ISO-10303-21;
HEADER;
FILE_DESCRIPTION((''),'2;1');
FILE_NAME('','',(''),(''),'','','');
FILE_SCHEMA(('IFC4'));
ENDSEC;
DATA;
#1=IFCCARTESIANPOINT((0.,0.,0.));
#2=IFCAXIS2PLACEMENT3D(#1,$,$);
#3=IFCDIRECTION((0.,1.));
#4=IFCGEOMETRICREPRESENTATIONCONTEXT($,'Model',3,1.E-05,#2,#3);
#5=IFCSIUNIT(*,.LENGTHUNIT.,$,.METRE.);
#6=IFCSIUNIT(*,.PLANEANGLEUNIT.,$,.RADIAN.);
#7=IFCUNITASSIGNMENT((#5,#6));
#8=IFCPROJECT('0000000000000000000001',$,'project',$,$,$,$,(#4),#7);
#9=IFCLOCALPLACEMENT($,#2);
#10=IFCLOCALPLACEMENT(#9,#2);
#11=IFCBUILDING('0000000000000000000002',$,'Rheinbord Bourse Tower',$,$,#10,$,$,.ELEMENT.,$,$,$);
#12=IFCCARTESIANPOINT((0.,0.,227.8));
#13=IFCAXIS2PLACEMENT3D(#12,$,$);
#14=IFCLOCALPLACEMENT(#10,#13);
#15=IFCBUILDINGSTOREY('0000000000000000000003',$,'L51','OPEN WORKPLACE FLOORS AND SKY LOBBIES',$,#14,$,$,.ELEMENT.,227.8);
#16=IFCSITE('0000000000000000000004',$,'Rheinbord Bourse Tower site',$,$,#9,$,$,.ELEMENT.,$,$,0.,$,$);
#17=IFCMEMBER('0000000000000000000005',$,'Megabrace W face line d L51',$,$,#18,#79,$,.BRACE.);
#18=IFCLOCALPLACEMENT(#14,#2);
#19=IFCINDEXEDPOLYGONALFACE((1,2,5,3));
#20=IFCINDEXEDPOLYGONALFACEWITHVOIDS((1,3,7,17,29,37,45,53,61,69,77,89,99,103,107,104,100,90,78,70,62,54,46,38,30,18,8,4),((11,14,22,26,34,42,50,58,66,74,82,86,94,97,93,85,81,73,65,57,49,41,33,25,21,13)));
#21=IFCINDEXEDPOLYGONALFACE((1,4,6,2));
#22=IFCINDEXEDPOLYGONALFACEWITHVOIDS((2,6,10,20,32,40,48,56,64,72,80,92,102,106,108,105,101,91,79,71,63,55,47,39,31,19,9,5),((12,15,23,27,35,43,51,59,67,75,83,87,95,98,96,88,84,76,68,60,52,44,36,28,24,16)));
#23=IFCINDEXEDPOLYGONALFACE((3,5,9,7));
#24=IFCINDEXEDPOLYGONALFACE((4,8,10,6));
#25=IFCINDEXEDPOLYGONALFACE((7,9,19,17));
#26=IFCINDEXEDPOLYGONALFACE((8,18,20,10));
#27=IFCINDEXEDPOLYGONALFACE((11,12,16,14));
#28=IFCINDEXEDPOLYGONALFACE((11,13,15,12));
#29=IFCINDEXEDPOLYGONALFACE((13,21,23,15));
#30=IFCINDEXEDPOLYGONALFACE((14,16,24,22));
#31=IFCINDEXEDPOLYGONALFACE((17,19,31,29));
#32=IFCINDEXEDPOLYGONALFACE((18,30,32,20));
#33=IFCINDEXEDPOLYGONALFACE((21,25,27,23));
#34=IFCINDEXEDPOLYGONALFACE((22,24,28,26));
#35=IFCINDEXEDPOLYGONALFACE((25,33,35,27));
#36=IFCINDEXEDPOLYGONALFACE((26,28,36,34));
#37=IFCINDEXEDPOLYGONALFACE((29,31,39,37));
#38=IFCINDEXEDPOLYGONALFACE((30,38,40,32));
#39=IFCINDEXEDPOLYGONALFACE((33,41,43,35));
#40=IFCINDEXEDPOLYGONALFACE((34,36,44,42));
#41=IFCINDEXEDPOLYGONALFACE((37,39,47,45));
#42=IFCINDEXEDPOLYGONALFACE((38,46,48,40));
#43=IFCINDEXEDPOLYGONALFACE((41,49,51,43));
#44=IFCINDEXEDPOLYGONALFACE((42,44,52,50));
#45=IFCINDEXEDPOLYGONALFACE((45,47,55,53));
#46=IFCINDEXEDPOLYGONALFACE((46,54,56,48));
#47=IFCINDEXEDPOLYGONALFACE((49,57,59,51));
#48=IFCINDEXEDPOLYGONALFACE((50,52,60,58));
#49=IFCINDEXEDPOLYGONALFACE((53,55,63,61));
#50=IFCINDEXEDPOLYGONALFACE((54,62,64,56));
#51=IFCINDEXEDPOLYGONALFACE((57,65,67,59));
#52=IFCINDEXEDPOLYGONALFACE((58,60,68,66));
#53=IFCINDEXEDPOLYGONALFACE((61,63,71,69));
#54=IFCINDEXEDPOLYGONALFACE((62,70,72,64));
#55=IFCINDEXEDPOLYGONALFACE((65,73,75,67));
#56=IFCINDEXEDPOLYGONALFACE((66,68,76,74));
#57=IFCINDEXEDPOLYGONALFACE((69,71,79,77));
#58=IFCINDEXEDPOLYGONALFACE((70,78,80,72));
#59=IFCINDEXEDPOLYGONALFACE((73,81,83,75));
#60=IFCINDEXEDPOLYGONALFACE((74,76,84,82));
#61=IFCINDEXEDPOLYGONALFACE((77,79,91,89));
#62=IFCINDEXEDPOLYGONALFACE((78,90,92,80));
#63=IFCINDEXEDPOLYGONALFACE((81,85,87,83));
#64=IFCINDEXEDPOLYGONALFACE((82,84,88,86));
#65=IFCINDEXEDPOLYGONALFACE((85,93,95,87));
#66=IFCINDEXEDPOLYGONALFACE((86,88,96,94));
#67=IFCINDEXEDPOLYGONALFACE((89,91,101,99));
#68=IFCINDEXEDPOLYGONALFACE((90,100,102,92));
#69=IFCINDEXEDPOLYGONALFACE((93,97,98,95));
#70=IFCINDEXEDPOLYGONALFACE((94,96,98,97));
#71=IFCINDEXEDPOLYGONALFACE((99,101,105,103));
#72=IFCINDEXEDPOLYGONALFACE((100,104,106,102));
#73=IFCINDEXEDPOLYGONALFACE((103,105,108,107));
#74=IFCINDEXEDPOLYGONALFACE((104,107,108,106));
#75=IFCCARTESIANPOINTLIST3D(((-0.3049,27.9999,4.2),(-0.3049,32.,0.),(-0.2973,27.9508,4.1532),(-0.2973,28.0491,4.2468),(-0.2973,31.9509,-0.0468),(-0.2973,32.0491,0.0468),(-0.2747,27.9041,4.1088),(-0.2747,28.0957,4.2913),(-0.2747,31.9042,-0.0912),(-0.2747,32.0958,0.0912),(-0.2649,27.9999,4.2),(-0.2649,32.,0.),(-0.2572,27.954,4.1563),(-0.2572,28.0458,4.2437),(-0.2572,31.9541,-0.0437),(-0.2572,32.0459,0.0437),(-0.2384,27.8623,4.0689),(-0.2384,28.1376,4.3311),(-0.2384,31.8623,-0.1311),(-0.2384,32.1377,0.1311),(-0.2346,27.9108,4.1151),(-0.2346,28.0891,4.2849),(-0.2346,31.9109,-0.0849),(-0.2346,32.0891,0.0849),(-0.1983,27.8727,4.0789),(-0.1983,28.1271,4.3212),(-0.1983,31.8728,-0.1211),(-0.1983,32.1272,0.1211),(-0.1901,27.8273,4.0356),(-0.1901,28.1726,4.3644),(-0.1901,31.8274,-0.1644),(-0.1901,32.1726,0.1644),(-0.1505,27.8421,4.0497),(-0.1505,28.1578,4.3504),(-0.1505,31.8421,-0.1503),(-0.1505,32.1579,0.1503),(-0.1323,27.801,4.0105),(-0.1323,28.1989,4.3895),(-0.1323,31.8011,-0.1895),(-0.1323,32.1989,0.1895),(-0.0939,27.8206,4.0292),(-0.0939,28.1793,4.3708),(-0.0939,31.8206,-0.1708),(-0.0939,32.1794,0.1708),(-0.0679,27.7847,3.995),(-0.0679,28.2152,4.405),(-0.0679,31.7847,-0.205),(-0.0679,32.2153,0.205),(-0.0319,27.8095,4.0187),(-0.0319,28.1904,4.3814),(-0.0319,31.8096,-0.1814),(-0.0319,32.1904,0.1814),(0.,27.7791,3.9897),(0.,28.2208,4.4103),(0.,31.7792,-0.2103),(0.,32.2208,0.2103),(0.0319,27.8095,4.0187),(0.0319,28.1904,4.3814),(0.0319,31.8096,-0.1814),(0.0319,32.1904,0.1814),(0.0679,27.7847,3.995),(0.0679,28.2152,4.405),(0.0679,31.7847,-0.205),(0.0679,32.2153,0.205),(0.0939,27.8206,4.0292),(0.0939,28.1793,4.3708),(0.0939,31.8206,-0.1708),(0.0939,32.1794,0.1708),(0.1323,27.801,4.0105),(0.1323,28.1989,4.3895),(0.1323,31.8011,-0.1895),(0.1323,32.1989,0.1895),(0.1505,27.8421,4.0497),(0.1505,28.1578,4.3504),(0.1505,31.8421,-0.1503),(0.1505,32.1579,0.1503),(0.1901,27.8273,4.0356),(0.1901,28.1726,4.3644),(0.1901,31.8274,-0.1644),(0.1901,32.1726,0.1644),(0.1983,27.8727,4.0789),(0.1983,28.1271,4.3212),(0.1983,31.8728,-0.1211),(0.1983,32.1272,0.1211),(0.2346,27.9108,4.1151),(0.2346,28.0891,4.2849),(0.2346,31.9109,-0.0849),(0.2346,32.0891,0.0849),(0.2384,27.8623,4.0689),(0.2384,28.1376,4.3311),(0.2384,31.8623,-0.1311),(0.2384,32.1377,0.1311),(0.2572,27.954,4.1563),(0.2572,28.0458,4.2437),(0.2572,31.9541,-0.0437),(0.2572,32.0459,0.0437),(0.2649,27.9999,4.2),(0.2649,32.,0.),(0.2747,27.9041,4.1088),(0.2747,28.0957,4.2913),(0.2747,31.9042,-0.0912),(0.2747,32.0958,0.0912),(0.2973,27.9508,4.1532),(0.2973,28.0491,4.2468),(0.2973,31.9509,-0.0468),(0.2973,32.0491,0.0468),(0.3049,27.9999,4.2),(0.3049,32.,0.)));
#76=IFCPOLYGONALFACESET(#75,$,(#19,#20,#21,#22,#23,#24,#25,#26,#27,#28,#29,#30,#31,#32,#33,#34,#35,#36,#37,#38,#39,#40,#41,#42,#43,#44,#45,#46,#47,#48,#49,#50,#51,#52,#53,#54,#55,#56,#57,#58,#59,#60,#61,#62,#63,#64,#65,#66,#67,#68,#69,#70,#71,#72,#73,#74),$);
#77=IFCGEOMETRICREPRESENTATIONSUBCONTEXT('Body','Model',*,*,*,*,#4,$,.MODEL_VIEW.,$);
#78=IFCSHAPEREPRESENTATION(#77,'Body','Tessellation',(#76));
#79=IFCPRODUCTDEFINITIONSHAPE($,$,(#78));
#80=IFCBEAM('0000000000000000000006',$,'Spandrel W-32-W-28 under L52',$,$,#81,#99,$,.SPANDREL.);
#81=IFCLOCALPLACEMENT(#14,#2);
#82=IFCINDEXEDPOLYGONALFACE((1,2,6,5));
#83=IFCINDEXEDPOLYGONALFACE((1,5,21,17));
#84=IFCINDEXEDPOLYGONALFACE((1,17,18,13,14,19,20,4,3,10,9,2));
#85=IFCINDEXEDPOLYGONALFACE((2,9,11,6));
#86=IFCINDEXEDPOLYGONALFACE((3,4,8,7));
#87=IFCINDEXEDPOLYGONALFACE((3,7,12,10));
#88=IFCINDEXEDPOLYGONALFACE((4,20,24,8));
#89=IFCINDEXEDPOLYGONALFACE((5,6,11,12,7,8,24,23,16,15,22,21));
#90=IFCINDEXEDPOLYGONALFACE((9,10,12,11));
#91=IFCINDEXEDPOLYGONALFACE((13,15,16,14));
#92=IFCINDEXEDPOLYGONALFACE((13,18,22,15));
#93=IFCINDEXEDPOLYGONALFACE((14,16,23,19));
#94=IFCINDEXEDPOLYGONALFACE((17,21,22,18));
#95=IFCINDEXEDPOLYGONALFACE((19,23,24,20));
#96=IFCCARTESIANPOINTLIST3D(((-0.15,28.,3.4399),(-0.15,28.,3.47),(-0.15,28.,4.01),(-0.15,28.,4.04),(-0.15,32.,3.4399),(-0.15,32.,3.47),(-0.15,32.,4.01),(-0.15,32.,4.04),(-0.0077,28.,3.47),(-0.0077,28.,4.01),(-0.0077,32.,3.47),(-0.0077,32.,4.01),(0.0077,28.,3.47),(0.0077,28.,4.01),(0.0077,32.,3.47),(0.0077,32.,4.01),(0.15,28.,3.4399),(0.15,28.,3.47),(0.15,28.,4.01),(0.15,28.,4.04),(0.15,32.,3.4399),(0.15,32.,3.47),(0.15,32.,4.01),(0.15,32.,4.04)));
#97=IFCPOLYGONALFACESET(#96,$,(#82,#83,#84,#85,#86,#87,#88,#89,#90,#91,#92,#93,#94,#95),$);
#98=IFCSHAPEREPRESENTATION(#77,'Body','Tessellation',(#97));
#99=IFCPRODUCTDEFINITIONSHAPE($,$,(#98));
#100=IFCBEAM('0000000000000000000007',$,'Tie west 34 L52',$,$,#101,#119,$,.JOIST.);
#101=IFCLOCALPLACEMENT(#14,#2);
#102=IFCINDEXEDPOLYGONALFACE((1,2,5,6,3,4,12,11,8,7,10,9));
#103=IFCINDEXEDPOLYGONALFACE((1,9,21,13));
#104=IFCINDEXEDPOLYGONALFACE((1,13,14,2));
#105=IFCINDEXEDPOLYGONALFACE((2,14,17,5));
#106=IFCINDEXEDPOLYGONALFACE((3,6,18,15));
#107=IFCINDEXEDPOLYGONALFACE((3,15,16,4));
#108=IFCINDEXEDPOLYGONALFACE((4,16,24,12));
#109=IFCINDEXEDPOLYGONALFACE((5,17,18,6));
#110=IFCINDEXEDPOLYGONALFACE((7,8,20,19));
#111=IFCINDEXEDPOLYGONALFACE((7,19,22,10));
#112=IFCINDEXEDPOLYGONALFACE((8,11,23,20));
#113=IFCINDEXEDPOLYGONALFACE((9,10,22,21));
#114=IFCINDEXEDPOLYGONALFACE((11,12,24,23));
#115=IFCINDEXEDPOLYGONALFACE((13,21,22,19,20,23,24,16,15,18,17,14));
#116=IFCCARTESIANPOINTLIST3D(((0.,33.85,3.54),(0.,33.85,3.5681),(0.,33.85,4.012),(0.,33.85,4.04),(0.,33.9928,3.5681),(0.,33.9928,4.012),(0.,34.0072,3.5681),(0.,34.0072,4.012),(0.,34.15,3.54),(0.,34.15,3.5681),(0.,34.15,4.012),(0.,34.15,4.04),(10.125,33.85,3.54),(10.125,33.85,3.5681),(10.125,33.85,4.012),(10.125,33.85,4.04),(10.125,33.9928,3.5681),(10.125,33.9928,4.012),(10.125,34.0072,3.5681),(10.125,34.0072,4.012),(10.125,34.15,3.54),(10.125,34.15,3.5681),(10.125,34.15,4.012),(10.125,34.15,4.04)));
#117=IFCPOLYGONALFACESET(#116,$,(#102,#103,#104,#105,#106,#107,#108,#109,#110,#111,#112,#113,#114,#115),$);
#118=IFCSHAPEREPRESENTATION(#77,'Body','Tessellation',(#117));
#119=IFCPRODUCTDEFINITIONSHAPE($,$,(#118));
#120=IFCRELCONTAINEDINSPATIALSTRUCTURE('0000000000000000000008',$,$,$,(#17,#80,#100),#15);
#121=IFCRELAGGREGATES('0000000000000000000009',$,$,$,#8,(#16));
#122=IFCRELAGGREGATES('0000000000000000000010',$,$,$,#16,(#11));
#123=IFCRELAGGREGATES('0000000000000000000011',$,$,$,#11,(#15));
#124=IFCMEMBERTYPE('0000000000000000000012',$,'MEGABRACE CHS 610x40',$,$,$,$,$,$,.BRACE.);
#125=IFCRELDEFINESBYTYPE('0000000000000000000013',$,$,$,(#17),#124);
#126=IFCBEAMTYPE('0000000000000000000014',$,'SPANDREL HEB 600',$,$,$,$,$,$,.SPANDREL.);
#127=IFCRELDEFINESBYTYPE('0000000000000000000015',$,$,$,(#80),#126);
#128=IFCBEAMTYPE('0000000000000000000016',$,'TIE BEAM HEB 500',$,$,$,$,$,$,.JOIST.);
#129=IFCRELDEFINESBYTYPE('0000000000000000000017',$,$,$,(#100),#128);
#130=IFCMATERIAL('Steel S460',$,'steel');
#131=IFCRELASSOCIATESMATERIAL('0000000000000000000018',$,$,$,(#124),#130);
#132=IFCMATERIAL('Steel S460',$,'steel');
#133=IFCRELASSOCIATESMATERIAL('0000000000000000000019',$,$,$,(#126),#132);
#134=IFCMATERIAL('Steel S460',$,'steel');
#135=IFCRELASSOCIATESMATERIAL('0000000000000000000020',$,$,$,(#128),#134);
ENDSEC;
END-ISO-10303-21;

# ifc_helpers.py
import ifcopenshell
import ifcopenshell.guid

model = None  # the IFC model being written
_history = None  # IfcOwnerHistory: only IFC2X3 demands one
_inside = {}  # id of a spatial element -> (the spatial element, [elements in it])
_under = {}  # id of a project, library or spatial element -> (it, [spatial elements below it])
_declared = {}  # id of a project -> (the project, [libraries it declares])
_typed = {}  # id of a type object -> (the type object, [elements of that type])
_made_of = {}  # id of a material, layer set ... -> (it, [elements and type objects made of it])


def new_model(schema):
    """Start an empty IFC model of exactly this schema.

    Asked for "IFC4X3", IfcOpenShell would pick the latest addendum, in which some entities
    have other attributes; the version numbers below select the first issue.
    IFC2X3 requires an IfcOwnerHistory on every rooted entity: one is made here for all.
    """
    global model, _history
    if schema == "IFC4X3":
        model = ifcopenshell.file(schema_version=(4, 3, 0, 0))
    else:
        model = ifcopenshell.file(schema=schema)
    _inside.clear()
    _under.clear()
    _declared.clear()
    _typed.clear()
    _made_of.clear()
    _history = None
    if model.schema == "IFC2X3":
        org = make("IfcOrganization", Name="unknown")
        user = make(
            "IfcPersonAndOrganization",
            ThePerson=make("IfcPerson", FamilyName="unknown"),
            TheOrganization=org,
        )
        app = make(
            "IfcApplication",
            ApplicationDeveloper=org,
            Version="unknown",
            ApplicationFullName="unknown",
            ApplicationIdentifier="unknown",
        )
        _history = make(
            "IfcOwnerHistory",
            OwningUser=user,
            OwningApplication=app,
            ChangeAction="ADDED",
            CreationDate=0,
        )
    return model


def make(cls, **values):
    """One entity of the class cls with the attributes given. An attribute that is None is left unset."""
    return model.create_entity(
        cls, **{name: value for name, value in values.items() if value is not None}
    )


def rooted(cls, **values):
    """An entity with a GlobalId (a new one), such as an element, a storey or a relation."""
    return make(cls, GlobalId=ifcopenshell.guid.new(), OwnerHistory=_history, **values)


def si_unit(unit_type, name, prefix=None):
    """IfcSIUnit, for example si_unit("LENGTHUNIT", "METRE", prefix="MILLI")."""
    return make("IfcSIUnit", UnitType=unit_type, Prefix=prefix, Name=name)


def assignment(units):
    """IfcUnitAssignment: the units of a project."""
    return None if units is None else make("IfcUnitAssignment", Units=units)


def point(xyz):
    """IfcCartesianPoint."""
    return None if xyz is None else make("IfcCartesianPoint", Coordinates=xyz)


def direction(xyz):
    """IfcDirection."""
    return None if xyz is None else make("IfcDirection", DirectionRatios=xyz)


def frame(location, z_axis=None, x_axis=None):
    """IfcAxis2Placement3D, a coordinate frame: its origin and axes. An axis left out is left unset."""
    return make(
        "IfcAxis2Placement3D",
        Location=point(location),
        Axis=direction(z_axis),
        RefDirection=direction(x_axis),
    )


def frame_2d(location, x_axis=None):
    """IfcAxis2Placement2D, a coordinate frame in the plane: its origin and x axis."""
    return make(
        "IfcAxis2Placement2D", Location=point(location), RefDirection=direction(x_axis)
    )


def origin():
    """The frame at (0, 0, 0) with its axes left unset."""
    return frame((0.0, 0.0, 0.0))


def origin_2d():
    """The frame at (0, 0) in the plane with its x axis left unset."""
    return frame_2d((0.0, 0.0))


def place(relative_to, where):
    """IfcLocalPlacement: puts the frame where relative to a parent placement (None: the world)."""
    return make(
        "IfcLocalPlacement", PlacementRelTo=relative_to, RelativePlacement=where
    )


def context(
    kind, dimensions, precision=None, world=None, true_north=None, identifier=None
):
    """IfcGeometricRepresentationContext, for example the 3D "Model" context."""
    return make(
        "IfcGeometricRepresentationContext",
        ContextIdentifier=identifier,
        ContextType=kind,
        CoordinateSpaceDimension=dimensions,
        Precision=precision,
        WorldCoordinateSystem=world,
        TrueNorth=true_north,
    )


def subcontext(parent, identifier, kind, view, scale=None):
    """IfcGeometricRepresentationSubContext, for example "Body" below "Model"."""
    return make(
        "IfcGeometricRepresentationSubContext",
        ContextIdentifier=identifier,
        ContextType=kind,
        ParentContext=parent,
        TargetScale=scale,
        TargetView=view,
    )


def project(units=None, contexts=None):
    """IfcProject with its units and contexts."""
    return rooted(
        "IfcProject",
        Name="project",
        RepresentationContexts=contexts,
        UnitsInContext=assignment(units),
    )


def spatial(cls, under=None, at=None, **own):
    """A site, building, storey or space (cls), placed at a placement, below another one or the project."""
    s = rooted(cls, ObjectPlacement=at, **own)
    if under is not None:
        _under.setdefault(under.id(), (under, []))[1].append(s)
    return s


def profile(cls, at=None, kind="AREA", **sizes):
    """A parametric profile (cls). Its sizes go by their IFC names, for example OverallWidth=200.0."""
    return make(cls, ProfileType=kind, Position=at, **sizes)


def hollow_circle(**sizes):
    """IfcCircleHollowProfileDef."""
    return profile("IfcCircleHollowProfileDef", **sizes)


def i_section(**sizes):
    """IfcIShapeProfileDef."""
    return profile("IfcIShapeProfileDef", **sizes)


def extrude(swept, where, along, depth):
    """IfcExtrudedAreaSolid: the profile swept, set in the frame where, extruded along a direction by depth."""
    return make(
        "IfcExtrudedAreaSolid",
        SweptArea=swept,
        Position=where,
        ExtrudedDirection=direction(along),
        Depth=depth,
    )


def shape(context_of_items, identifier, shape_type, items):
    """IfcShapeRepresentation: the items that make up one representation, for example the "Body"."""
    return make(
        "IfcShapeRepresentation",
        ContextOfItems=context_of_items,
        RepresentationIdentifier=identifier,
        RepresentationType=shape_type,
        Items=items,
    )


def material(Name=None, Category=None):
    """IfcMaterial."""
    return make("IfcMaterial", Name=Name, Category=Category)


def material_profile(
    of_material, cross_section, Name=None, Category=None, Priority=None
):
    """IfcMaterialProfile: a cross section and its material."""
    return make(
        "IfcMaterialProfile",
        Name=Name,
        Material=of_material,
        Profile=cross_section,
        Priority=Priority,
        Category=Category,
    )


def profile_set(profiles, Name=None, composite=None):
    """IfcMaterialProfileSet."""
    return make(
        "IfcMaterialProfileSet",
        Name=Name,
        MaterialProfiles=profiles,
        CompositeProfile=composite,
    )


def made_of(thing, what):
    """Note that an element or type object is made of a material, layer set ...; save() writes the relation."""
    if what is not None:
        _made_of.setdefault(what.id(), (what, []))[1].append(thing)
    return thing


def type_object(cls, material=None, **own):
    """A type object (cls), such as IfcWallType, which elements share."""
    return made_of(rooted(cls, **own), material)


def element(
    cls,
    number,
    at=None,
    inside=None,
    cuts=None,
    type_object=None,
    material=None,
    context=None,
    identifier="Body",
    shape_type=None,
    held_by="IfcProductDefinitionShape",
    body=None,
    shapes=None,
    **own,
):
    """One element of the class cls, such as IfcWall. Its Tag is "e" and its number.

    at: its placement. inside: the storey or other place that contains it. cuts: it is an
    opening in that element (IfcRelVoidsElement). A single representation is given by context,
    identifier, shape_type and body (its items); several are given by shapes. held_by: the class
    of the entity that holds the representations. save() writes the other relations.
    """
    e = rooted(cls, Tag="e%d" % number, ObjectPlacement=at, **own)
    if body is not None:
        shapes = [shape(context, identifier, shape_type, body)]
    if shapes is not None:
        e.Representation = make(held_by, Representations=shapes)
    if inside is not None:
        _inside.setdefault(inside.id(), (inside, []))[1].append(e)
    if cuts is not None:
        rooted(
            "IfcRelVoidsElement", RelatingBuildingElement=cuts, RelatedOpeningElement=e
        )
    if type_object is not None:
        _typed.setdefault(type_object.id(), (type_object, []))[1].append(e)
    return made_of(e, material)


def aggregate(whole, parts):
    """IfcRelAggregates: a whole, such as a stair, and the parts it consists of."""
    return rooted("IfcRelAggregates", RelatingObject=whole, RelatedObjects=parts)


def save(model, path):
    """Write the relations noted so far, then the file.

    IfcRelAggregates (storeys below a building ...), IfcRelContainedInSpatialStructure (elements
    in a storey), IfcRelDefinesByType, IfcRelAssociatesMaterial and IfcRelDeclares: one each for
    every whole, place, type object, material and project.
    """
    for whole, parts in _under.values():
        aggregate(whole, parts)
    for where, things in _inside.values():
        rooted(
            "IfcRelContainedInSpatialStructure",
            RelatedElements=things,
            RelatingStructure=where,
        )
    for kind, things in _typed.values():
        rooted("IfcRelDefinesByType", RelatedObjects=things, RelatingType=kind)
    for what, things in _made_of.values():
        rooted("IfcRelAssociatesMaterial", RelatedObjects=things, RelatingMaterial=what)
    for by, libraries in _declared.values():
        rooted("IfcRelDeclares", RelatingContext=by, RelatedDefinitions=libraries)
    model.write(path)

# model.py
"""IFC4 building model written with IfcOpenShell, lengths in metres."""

from ifc_helpers import new_model, si_unit, direction, frame, origin, origin_2d, place, context, subcontext, project, spatial, hollow_circle, i_section, extrude, material, material_profile, profile_set, type_object, element, save


model = new_model("IFC4")

# Units and contexts
model_context = context("Model", 3, precision=1e-05, world=origin(), true_north=direction((0.0, 1.0)))
body_context = subcontext(model_context, "Body", "Model", "MODEL_VIEW")
ifc_project = project(units=[si_unit("LENGTHUNIT", "METRE"), si_unit("PLANEANGLEUNIT", "RADIAN")], contexts=[model_context])

# Site, building, storey
site_placement = place(None, origin())
site = spatial("IfcSite", under=ifc_project, at=site_placement, Name="Rheinbord Bourse Tower site", CompositionType="ELEMENT", RefElevation=0.0)
building_placement = place(site_placement, origin())
building = spatial("IfcBuilding", under=site, at=building_placement, Name="Rheinbord Bourse Tower", CompositionType="ELEMENT")
storey_placement = place(building_placement, frame((0.0, 0.0, 227.8)))
storey = spatial("IfcBuildingStorey", under=building, at=storey_placement, Name="L51", Description="OPEN WORKPLACE FLOORS AND SKY LOBBIES", CompositionType="ELEMENT", Elevation=227.8)

# Member
ifc_material_1 = material(Name="Steel S460", Category="steel")
ifc_material_profile_1 = material_profile(ifc_material_1, hollow_circle(Radius=0.3049, WallThickness=0.04, at=origin_2d()), Name="CHS 610x40")
ifc_profile_set_1 = profile_set([ifc_material_profile_1], Name="Steel S460")
member_type_1 = type_object("IfcMemberType", Name="MEGABRACE CHS 610x40", PredefinedType="BRACE", material=ifc_profile_set_1)
for number, where, z_axis, x_axis, name in (
    (1, (0.0, 32.0, 0.0), (0.0, -0.689659, 0.724134), (1.0, 0.0, 0.0), "Megabrace W face line d L51"),
):
    element("IfcMember", number, at=place(storey_placement, frame(where, z_axis=z_axis, x_axis=x_axis)), inside=storey, type_object=member_type_1, Name=name, PredefinedType="BRACE", context=body_context, shape_type="SweptSolid", body=[
        extrude(hollow_circle(Radius=0.3049, WallThickness=0.04, at=origin_2d()), origin(), (0.0, 0.0, 1.0), 5.8),
    ])

# Beams
ifc_material_2 = material(Name="Steel S460", Category="steel")
ifc_material_profile_2 = material_profile(ifc_material_2, i_section(OverallWidth=0.3, OverallDepth=0.6001, WebThickness=0.0154, FlangeThickness=0.03, at=origin_2d()), Name="HEB 600")
ifc_profile_set_2 = profile_set([ifc_material_profile_2], Name="Steel S460")
beam_type_1 = type_object("IfcBeamType", Name="SPANDREL HEB 600", PredefinedType="SPANDREL", material=ifc_profile_set_2)
beam_1_placement = place(storey_placement, frame((0.0, 32.0, 3.74), z_axis=(0.0, -1.0, 0.0), x_axis=(1.0, 0.0, 0.0)))
element("IfcBeam", 2, at=beam_1_placement, inside=storey, type_object=beam_type_1, Name="Spandrel W-32-W-28 under L52", PredefinedType="SPANDREL", context=body_context, shape_type="SweptSolid", body=[
    extrude(i_section(OverallWidth=0.3, OverallDepth=0.6001, WebThickness=0.0154, FlangeThickness=0.03, at=origin_2d()), origin(), (0.0, 0.0, 1.0), 4.0),
])
ifc_material_3 = material(Name="Steel S460", Category="steel")
ifc_material_profile_3 = material_profile(ifc_material_3, i_section(OverallWidth=0.3, OverallDepth=0.5, WebThickness=0.0144, FlangeThickness=0.0281, at=origin_2d()), Name="HEB 500")
ifc_profile_set_3 = profile_set([ifc_material_profile_3], Name="Steel S460")
beam_type_2 = type_object("IfcBeamType", Name="TIE BEAM HEB 500", PredefinedType="JOIST", material=ifc_profile_set_3)
beam_2_placement = place(storey_placement, frame((0.0, 34.0, 3.79), z_axis=(1.0, 0.0, 0.0), x_axis=(0.0, 1.0, 0.0)))
element("IfcBeam", 3, at=beam_2_placement, inside=storey, type_object=beam_type_2, Name="Tie west 34 L52", PredefinedType="JOIST", context=body_context, shape_type="SweptSolid", body=[
    extrude(i_section(OverallWidth=0.3, OverallDepth=0.5, WebThickness=0.0144, FlangeThickness=0.0281, at=origin_2d()), origin(), (0.0, 0.0, 1.0), 10.125),
])

save(model, "model.ifc")
